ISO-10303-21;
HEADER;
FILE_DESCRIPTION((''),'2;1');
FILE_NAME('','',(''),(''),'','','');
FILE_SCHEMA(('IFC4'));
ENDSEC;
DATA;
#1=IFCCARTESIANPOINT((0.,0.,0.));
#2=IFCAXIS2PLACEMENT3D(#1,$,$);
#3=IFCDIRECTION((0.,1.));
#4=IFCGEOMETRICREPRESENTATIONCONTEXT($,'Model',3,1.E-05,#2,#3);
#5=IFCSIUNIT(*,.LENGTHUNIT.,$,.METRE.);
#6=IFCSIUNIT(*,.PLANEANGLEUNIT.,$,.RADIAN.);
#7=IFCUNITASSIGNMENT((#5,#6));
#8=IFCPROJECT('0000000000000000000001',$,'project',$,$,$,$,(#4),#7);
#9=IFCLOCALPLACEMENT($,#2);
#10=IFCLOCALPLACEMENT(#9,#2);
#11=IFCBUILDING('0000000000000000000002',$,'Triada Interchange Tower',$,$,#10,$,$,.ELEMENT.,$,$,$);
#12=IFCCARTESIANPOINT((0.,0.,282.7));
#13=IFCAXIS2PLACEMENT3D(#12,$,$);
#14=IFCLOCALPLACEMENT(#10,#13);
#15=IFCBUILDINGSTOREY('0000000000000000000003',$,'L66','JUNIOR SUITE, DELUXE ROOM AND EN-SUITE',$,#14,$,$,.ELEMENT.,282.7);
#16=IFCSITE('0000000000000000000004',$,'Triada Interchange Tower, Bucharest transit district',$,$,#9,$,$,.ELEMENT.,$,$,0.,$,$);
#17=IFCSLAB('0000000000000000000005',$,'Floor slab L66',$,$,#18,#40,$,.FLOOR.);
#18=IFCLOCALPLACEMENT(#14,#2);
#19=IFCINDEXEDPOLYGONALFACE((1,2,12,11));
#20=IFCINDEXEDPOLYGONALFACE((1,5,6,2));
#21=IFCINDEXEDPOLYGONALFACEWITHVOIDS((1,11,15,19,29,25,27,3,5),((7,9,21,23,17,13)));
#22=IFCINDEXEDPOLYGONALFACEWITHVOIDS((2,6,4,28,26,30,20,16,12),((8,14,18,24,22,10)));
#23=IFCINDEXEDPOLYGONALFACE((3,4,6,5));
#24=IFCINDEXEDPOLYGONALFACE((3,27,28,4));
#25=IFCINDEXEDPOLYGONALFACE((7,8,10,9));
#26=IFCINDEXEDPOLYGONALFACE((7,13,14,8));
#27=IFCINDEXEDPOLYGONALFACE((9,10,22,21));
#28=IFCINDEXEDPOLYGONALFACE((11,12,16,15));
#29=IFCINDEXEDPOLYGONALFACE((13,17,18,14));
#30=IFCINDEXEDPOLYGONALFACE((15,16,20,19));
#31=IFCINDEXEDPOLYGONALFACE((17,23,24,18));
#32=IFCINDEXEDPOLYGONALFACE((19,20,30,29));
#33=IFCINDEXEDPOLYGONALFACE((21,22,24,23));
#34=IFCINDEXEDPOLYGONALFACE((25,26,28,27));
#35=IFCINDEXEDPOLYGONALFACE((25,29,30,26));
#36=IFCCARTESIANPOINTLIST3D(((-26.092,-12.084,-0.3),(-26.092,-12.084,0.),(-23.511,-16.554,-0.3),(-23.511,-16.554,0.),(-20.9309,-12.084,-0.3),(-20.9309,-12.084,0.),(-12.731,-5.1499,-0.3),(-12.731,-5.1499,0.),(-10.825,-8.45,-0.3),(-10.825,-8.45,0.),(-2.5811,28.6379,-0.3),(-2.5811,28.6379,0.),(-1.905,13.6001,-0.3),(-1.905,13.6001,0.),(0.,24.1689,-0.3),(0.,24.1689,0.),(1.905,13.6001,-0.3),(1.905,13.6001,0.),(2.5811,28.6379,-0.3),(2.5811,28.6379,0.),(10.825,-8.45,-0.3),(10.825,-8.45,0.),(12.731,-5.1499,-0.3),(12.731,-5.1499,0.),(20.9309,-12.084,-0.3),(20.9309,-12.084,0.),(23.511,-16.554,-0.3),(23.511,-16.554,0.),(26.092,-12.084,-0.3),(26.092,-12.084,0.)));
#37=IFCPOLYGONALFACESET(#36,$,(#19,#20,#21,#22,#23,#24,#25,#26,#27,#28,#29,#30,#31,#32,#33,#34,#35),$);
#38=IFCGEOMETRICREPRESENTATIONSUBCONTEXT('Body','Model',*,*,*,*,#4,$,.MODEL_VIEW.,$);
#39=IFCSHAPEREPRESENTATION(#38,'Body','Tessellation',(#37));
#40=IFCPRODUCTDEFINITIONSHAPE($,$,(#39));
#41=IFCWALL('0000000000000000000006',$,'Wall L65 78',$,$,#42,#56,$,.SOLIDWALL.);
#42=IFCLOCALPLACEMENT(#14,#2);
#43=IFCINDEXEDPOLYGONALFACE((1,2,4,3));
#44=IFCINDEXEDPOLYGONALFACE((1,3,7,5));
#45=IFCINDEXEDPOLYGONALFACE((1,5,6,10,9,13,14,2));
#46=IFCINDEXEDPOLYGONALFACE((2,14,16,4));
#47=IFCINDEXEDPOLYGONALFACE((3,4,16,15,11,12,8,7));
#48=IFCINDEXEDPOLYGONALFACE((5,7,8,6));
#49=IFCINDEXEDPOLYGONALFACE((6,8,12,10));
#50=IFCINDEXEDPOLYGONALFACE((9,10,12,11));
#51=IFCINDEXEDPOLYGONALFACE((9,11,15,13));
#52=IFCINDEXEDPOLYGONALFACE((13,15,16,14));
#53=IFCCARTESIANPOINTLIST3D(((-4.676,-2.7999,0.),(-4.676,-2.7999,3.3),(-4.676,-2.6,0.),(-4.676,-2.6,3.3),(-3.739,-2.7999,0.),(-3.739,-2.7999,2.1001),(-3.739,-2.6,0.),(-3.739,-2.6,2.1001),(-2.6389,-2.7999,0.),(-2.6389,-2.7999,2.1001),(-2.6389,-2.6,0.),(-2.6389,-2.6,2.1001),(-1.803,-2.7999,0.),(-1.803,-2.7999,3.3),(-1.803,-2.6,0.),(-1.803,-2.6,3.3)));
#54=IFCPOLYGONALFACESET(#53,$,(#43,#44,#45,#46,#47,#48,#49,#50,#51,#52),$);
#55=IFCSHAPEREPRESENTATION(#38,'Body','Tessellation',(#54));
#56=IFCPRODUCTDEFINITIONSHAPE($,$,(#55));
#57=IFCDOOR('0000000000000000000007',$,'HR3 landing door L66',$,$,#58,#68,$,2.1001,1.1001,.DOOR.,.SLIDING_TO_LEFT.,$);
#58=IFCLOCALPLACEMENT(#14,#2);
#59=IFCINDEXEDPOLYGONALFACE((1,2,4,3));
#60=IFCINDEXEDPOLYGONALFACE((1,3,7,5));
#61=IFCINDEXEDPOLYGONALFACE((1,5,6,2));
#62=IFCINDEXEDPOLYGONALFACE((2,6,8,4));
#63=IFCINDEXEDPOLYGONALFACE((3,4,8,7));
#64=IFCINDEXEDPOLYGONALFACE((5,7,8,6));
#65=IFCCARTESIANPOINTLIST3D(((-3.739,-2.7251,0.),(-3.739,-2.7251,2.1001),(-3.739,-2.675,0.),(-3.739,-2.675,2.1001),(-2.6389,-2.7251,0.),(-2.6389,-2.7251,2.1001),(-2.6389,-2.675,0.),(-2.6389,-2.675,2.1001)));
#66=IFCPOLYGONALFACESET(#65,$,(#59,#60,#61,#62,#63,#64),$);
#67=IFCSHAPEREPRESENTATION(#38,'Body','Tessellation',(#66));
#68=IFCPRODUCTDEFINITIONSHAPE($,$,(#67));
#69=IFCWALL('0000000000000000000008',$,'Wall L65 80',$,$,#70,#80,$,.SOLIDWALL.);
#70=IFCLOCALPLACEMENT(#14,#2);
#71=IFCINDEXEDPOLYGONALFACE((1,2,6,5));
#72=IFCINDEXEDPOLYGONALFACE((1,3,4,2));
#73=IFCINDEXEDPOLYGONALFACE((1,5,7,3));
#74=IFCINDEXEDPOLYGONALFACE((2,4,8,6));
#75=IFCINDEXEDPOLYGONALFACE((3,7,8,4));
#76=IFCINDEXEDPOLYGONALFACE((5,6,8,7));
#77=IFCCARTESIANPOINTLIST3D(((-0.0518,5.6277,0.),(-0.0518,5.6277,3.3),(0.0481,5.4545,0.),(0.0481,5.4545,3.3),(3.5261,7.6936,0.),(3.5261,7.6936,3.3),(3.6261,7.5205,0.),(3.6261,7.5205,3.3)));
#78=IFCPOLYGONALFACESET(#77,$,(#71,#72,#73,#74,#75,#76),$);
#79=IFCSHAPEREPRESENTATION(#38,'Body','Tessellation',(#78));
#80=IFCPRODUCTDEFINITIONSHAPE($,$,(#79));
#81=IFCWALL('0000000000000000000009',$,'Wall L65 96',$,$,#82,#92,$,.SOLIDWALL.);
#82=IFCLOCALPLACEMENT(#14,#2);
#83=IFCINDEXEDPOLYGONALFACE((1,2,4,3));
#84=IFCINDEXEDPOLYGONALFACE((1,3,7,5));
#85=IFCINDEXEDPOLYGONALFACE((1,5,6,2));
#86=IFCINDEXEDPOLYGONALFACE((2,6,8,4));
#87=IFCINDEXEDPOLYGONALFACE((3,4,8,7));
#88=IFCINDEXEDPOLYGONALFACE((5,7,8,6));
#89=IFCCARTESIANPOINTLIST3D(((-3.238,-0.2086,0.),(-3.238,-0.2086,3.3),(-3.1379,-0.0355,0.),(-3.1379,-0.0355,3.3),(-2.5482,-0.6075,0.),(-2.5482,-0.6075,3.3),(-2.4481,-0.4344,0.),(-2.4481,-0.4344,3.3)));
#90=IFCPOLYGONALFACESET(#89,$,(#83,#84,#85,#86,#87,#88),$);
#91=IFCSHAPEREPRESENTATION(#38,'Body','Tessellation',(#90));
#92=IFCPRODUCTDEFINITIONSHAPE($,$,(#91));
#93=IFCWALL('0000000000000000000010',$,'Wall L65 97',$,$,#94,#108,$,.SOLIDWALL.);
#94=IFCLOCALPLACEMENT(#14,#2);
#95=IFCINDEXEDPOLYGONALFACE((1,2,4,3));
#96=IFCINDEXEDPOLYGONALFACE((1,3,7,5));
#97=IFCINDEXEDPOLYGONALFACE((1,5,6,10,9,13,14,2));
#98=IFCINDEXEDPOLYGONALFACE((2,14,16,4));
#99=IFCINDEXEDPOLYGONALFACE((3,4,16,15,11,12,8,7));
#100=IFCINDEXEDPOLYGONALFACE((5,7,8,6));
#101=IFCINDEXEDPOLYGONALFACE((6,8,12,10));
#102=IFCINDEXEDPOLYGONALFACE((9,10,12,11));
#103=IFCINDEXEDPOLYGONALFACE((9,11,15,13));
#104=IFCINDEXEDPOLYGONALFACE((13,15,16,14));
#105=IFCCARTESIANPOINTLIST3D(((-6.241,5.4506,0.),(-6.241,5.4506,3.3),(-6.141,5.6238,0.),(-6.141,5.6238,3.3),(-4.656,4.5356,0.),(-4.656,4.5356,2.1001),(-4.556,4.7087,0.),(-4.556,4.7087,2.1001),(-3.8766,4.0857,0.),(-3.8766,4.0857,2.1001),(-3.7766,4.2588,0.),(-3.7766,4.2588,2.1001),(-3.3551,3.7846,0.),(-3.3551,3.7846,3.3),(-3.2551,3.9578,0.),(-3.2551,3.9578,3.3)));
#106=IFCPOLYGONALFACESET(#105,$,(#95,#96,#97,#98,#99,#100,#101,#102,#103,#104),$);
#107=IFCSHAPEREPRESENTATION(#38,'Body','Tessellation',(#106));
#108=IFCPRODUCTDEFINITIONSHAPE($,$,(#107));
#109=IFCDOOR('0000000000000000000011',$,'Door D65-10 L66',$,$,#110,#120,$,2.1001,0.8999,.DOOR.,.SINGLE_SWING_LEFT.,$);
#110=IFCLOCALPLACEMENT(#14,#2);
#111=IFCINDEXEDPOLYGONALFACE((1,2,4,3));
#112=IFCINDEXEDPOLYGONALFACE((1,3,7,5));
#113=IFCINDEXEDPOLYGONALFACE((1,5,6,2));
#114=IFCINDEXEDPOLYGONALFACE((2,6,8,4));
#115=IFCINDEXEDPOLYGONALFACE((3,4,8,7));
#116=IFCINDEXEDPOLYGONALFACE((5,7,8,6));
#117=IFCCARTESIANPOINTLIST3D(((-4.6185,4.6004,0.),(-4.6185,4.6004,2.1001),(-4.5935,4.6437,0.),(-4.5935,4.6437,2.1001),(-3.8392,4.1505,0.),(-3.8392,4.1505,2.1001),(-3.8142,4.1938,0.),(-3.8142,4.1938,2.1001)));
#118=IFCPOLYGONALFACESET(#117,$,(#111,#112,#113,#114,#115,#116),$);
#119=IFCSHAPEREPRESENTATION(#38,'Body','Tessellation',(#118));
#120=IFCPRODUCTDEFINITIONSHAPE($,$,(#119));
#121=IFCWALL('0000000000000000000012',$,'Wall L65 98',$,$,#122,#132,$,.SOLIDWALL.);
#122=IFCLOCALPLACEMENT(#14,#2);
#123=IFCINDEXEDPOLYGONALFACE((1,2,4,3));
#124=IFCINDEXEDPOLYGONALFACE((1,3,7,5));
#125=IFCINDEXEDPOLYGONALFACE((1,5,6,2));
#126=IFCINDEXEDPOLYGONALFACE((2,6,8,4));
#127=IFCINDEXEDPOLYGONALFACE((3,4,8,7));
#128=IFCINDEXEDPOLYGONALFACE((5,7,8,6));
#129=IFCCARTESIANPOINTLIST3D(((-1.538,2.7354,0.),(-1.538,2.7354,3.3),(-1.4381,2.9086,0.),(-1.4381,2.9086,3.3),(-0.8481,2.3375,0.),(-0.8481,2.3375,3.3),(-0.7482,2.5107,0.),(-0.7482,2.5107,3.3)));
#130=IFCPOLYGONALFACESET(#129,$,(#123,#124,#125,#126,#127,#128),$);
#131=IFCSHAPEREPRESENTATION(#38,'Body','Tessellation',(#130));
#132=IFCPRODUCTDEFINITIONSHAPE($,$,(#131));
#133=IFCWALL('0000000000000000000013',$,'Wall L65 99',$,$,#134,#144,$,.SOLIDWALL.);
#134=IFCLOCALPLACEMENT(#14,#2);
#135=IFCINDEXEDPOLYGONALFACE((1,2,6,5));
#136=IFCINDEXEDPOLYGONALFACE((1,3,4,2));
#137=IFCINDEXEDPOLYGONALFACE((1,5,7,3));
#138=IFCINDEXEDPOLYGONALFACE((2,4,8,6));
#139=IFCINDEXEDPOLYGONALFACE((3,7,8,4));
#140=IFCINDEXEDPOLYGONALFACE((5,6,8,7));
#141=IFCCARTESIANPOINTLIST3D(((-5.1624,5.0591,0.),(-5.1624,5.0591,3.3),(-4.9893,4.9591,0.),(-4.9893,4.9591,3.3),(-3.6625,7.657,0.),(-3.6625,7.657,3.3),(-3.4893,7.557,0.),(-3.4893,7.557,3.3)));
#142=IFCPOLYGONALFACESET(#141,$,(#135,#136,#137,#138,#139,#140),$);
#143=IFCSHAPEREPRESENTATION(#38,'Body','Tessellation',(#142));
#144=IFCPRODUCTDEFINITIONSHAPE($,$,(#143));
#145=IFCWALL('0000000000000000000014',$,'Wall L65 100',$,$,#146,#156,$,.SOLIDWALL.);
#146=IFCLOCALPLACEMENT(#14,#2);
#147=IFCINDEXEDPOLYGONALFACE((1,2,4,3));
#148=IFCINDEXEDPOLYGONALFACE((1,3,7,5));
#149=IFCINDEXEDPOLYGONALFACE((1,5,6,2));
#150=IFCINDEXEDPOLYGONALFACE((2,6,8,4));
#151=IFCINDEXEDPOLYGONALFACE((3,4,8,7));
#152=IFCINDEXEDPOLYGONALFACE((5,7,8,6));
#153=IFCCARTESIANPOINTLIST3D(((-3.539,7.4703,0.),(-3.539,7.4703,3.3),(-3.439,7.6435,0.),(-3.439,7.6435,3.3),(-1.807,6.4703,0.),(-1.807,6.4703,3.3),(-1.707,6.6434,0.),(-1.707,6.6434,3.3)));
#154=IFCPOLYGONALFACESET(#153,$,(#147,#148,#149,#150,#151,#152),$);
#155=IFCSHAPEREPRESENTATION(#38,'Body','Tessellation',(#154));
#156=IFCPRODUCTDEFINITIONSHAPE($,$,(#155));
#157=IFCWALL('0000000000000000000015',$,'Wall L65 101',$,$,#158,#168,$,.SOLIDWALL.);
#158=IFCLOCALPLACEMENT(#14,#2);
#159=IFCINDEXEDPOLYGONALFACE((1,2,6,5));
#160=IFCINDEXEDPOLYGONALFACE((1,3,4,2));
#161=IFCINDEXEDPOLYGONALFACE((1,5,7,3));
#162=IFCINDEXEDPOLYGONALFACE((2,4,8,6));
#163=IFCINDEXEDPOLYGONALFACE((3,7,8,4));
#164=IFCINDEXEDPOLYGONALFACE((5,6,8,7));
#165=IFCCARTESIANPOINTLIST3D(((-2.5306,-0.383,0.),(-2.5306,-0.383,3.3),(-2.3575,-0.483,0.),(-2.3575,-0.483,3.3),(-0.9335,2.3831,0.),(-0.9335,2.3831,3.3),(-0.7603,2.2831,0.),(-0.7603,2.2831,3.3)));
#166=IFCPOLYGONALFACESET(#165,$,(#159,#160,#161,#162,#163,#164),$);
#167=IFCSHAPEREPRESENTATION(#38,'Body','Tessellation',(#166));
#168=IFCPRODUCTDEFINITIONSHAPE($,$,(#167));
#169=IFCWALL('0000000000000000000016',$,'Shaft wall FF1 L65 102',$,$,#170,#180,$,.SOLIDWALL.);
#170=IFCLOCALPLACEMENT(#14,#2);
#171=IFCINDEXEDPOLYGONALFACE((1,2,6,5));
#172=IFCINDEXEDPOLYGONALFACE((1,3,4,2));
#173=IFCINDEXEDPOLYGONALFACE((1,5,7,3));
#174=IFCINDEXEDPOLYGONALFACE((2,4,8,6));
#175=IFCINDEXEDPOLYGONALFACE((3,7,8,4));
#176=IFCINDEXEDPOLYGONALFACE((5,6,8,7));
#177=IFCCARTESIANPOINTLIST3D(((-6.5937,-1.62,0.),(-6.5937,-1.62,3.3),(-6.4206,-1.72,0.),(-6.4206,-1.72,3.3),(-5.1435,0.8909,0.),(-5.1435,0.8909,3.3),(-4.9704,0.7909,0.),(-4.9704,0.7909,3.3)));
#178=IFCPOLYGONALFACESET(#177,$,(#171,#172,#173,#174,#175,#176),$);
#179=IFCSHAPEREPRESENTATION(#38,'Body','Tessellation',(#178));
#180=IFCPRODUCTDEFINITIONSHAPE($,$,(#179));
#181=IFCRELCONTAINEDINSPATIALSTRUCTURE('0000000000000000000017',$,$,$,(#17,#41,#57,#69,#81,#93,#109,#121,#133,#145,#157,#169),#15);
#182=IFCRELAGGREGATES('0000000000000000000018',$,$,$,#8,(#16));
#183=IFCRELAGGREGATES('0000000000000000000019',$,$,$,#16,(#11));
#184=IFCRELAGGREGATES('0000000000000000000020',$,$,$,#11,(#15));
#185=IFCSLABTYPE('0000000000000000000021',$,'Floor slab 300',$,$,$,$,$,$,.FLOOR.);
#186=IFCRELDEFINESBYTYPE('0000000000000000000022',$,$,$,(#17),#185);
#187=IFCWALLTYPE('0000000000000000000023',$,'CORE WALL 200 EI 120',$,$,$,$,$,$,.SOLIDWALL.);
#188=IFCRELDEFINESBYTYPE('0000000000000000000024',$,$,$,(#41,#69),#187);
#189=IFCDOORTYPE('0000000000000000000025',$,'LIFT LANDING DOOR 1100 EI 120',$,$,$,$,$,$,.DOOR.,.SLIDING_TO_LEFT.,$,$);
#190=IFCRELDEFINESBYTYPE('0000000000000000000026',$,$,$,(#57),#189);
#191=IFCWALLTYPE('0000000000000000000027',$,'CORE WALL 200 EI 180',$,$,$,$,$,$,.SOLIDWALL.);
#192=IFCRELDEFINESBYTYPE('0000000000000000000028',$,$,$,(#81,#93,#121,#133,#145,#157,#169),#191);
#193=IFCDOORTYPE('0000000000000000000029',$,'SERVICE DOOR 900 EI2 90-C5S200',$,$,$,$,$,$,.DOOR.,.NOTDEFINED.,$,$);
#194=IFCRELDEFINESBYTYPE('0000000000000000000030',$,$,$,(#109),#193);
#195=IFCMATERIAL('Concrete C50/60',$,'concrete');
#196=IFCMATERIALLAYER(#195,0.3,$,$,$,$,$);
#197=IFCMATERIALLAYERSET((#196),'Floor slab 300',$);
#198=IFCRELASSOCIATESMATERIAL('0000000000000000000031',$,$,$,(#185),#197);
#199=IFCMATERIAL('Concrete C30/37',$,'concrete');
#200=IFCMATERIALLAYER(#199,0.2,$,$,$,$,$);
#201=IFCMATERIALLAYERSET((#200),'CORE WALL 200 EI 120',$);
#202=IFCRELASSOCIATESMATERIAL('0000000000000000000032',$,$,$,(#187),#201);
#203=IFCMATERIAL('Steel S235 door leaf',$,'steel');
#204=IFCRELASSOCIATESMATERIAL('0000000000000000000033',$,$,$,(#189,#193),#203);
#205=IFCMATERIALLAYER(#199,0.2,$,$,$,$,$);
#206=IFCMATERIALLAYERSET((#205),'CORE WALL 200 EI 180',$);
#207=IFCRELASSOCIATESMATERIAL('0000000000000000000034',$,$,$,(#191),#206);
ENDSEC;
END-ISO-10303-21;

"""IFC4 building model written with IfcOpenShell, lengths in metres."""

from ifc_helpers import new_model, si_unit, direction, frame, frame_2d, origin, place, context, subcontext, project, spatial, polyline, rectangle, outline, extrude, material, layer, layer_set, type_object, element, fill, save


model = new_model("IFC4")

# Units and contexts
model_context = context("Model", 3, precision=1e-05, world=origin(), true_north=direction((0.0, 1.0)))
body_context = subcontext(model_context, "Body", "Model", "MODEL_VIEW")
ifc_project = project(units=[si_unit("LENGTHUNIT", "METRE"), si_unit("PLANEANGLEUNIT", "RADIAN")], contexts=[model_context])

# Site, building, storey
site_placement = place(None, origin())
site = spatial("IfcSite", under=ifc_project, at=site_placement, Name="Triada Interchange Tower, Bucharest transit district", CompositionType="ELEMENT", RefElevation=0.0)
building_placement = place(site_placement, origin())
building = spatial("IfcBuilding", under=site, at=building_placement, Name="Triada Interchange Tower", CompositionType="ELEMENT")
storey_placement = place(building_placement, frame((0.0, 0.0, 282.7)))
storey = spatial("IfcBuildingStorey", under=building, at=storey_placement, Name="L66", Description="JUNIOR SUITE, DELUXE ROOM AND EN-SUITE", CompositionType="ELEMENT", Elevation=282.7)

# Slab
ifc_material_1 = material(Name="Concrete C50/60", Category="concrete")
ifc_layer_1 = layer(ifc_material_1, 0.3)
ifc_layer_set_1 = layer_set([ifc_layer_1], Name="Floor slab 300")
slab_type = type_object("IfcSlabType", Name="Floor slab 300", PredefinedType="FLOOR", material=ifc_layer_set_1)
slab_placement = place(storey_placement, frame((0.0, 0.0, -0.3)))
element("IfcSlab", 1, at=slab_placement, inside=storey, type_object=slab_type, Name="Floor slab L66", PredefinedType="FLOOR", context=body_context, shape_type="SweptSolid", body=[
    extrude(outline(polyline([(-2.5811, 28.6379), (-26.092, -12.084), (-20.9309, -12.084), (-23.511, -16.554), (23.511, -16.554), (20.9309, -12.084), (26.092, -12.084), (2.5811, 28.6379), (0.0, 24.1689), (-2.5811, 28.6379)]), holes=[polyline([(1.905, 13.6001), (-1.905, 13.6001), (-12.731, -5.1499), (-10.825, -8.45), (10.825, -8.45), (12.731, -5.1499), (1.905, 13.6001)])]), origin(), (0.0, 0.0, 1.0), 0.3),
])

# Wall, opening, door
ifc_material_2 = material(Name="Concrete C30/37", Category="concrete")
ifc_layer_2 = layer(ifc_material_2, 0.2)
ifc_layer_set_2 = layer_set([ifc_layer_2], Name="CORE WALL 200 EI 120")
wall_type_1 = type_object("IfcWallType", Name="CORE WALL 200 EI 120", PredefinedType="SOLIDWALL", material=ifc_layer_set_2)
wall_1_placement = place(storey_placement, frame((-4.676, -2.7, 0.0), z_axis=(0.0, 0.0, 1.0), x_axis=(1.0, 0.0, 0.0)))
wall_1 = element("IfcWall", 2, at=wall_1_placement, inside=storey, type_object=wall_type_1, Name="Wall L65 78", PredefinedType="SOLIDWALL", context=body_context, shape_type="SweptSolid", body=[
    extrude(rectangle(XDim=2.873, YDim=0.2, at=frame_2d((1.4365, 0.0))), origin(), (0.0, 0.0, 1.0), 3.3),
])
opening_1_placement = place(wall_1_placement, frame((0.937, 0.0, 0.0)))
opening_1 = element("IfcOpeningElement", 3, at=opening_1_placement, cuts=wall_1, PredefinedType="OPENING", context=body_context, shape_type="SweptSolid", body=[
    extrude(rectangle(XDim=1.1001, YDim=2.1001, at=frame_2d((0.55, 1.05))), frame((0.0, 0.1099, 0.0), z_axis=(0.0, -1.0, 0.0), x_axis=(1.0, 0.0, 0.0)), (0.0, 0.0, 1.0), 0.22),
])
ifc_material_3 = material(Name="Steel S235 door leaf", Category="steel")
door_type_1 = type_object("IfcDoorType", Name="LIFT LANDING DOOR 1100 EI 120", OperationType="SLIDING_TO_LEFT", PredefinedType="DOOR", material=ifc_material_3)
door_1_placement = place(opening_1_placement, origin())
door_1 = element("IfcDoor", 4, at=door_1_placement, inside=storey, type_object=door_type_1, Name="HR3 landing door L66", OperationType="SLIDING_TO_LEFT", OverallHeight=2.1001, OverallWidth=1.1001, PredefinedType="DOOR", context=body_context, shape_type="SweptSolid", body=[
    extrude(rectangle(XDim=1.1001, YDim=2.1001, at=frame_2d((0.55, 1.05))), frame((0.0, 0.0249, 0.0), z_axis=(0.0, -1.0, 0.0), x_axis=(1.0, 0.0, 0.0)), (0.0, 0.0, 1.0), 0.05),
])
fill(opening_1, door_1)

# Walls
wall_2_placement = place(storey_placement, frame((-0.002, 5.541, 0.0), z_axis=(0.0, 0.0, 1.0), x_axis=(0.866002, 0.500041, 0.0)))
element("IfcWall", 5, at=wall_2_placement, inside=storey, type_object=wall_type_1, Name="Wall L65 80", PredefinedType="SOLIDWALL", context=body_context, shape_type="SweptSolid", body=[
    extrude(rectangle(XDim=4.1316, YDim=0.2, at=frame_2d((2.0659, 0.0))), origin(), (0.0, 0.0, 1.0), 3.3),
])
ifc_layer_3 = layer(ifc_material_2, 0.2)
ifc_layer_set_3 = layer_set([ifc_layer_3], Name="CORE WALL 200 EI 180")
wall_type_2 = type_object("IfcWallType", Name="CORE WALL 200 EI 180", PredefinedType="SOLIDWALL", material=ifc_layer_set_3)
wall_3_placement = place(storey_placement, frame((-3.188, -0.1221, 0.0), z_axis=(0.0, 0.0, 1.0), x_axis=(0.865706, -0.500553, 0.0)))
element("IfcWall", 6, at=wall_3_placement, inside=storey, type_object=wall_type_2, Name="Wall L65 96", PredefinedType="SOLIDWALL", context=body_context, shape_type="SweptSolid", body=[
    extrude(rectangle(XDim=0.7969, YDim=0.2, at=frame_2d((0.3984, 0.0))), origin(), (0.0, 0.0, 1.0), 3.3),
])

# Wall, opening, door
wall_4_placement = place(storey_placement, frame((-6.1909, 5.5371, 0.0), z_axis=(0.0, 0.0, 1.0), x_axis=(0.866053, -0.499953, 0.0)))
wall_4 = element("IfcWall", 7, at=wall_4_placement, inside=storey, type_object=wall_type_2, Name="Wall L65 97", PredefinedType="SOLIDWALL", context=body_context, shape_type="SweptSolid", body=[
    extrude(rectangle(XDim=3.3323, YDim=0.2, at=frame_2d((1.666, 0.0))), origin(), (0.0, 0.0, 1.0), 3.3),
])
opening_2_placement = place(wall_4_placement, frame((1.8301, 0.0, 0.0)))
opening_2 = element("IfcOpeningElement", 8, at=opening_2_placement, cuts=wall_4, PredefinedType="OPENING", context=body_context, shape_type="SweptSolid", body=[
    extrude(rectangle(XDim=0.8999, YDim=2.1001, at=frame_2d((0.45, 1.05))), frame((0.0, 0.1099, 0.0), z_axis=(0.0, -1.0, 0.0), x_axis=(1.0, 0.0, 0.0)), (0.0, 0.0, 1.0), 0.22),
])
door_type_2 = type_object("IfcDoorType", Name="SERVICE DOOR 900 EI2 90-C5S200", OperationType="NOTDEFINED", PredefinedType="DOOR", material=ifc_material_3)
door_2_placement = place(opening_2_placement, origin())
door_2 = element("IfcDoor", 9, at=door_2_placement, inside=storey, type_object=door_type_2, Name="Door D65-10 L66", OperationType="SINGLE_SWING_LEFT", OverallHeight=2.1001, OverallWidth=0.8999, PredefinedType="DOOR", context=body_context, shape_type="SweptSolid", body=[
    extrude(rectangle(XDim=0.8999, YDim=2.1001, at=frame_2d((0.45, 1.05))), frame((0.0, 0.0249, 0.0), z_axis=(0.0, -1.0, 0.0), x_axis=(1.0, 0.0, 0.0)), (0.0, 0.0, 1.0), 0.05),
])
fill(opening_2, door_2)

# Walls
wall_5_placement = place(storey_placement, frame((-1.488, 2.822, 0.0), z_axis=(0.0, 0.0, 1.0), x_axis=(0.866237, -0.499634, 0.0)))
element("IfcWall", 10, at=wall_5_placement, inside=storey, type_object=wall_type_2, Name="Wall L65 98", PredefinedType="SOLIDWALL", context=body_context, shape_type="SweptSolid", body=[
    extrude(rectangle(XDim=0.7964, YDim=0.2, at=frame_2d((0.3982, 0.0))), origin(), (0.0, 0.0, 1.0), 3.3),
])
wall_6_placement = place(storey_placement, frame((-5.0759, 5.009, 0.0), z_axis=(0.0, 0.0, 1.0), x_axis=(0.500025, 0.866011, 0.0)))
element("IfcWall", 11, at=wall_6_placement, inside=storey, type_object=wall_type_2, Name="Wall L65 99", PredefinedType="SOLIDWALL", context=body_context, shape_type="SweptSolid", body=[
    extrude(rectangle(XDim=2.9998, YDim=0.2, at=frame_2d((1.5, 0.0))), origin(), (0.0, 0.0, 1.0), 3.3),
])
wall_7_placement = place(storey_placement, frame((-3.489, 7.5569, 0.0), z_axis=(0.0, 0.0, 1.0), x_axis=(0.866011, -0.500025, 0.0)))
element("IfcWall", 12, at=wall_7_placement, inside=storey, type_object=wall_type_2, Name="Wall L65 100", PredefinedType="SOLIDWALL", context=body_context, shape_type="SweptSolid", body=[
    extrude(rectangle(XDim=2.0, YDim=0.2, at=frame_2d((1.0, 0.0))), origin(), (0.0, 0.0, 1.0), 3.3),
])
wall_8_placement = place(storey_placement, frame((-2.4441, -0.4331, 0.0), z_axis=(0.0, 0.0, 1.0), x_axis=(0.500036, 0.866005, 0.0)))
element("IfcWall", 13, at=wall_8_placement, inside=storey, type_object=wall_type_2, Name="Wall L65 101", PredefinedType="SOLIDWALL", context=body_context, shape_type="SweptSolid", body=[
    extrude(rectangle(XDim=3.1941, YDim=0.2, at=frame_2d((1.5972, 0.0))), origin(), (0.0, 0.0, 1.0), 3.3),
])
wall_9_placement = place(storey_placement, frame((-6.5071, -1.6699, 0.0), z_axis=(0.0, 0.0, 1.0), x_axis=(0.500123, 0.865954, 0.0)))
element("IfcWall", 14, at=wall_9_placement, inside=storey, type_object=wall_type_2, Name="Shaft wall FF1 L65 102", PredefinedType="SOLIDWALL", context=body_context, shape_type="SweptSolid", body=[
    extrude(rectangle(XDim=2.8997, YDim=0.2, at=frame_2d((1.4497, 0.0))), origin(), (0.0, 0.0, 1.0), 3.3),
])

save(model, "model.ifc")
